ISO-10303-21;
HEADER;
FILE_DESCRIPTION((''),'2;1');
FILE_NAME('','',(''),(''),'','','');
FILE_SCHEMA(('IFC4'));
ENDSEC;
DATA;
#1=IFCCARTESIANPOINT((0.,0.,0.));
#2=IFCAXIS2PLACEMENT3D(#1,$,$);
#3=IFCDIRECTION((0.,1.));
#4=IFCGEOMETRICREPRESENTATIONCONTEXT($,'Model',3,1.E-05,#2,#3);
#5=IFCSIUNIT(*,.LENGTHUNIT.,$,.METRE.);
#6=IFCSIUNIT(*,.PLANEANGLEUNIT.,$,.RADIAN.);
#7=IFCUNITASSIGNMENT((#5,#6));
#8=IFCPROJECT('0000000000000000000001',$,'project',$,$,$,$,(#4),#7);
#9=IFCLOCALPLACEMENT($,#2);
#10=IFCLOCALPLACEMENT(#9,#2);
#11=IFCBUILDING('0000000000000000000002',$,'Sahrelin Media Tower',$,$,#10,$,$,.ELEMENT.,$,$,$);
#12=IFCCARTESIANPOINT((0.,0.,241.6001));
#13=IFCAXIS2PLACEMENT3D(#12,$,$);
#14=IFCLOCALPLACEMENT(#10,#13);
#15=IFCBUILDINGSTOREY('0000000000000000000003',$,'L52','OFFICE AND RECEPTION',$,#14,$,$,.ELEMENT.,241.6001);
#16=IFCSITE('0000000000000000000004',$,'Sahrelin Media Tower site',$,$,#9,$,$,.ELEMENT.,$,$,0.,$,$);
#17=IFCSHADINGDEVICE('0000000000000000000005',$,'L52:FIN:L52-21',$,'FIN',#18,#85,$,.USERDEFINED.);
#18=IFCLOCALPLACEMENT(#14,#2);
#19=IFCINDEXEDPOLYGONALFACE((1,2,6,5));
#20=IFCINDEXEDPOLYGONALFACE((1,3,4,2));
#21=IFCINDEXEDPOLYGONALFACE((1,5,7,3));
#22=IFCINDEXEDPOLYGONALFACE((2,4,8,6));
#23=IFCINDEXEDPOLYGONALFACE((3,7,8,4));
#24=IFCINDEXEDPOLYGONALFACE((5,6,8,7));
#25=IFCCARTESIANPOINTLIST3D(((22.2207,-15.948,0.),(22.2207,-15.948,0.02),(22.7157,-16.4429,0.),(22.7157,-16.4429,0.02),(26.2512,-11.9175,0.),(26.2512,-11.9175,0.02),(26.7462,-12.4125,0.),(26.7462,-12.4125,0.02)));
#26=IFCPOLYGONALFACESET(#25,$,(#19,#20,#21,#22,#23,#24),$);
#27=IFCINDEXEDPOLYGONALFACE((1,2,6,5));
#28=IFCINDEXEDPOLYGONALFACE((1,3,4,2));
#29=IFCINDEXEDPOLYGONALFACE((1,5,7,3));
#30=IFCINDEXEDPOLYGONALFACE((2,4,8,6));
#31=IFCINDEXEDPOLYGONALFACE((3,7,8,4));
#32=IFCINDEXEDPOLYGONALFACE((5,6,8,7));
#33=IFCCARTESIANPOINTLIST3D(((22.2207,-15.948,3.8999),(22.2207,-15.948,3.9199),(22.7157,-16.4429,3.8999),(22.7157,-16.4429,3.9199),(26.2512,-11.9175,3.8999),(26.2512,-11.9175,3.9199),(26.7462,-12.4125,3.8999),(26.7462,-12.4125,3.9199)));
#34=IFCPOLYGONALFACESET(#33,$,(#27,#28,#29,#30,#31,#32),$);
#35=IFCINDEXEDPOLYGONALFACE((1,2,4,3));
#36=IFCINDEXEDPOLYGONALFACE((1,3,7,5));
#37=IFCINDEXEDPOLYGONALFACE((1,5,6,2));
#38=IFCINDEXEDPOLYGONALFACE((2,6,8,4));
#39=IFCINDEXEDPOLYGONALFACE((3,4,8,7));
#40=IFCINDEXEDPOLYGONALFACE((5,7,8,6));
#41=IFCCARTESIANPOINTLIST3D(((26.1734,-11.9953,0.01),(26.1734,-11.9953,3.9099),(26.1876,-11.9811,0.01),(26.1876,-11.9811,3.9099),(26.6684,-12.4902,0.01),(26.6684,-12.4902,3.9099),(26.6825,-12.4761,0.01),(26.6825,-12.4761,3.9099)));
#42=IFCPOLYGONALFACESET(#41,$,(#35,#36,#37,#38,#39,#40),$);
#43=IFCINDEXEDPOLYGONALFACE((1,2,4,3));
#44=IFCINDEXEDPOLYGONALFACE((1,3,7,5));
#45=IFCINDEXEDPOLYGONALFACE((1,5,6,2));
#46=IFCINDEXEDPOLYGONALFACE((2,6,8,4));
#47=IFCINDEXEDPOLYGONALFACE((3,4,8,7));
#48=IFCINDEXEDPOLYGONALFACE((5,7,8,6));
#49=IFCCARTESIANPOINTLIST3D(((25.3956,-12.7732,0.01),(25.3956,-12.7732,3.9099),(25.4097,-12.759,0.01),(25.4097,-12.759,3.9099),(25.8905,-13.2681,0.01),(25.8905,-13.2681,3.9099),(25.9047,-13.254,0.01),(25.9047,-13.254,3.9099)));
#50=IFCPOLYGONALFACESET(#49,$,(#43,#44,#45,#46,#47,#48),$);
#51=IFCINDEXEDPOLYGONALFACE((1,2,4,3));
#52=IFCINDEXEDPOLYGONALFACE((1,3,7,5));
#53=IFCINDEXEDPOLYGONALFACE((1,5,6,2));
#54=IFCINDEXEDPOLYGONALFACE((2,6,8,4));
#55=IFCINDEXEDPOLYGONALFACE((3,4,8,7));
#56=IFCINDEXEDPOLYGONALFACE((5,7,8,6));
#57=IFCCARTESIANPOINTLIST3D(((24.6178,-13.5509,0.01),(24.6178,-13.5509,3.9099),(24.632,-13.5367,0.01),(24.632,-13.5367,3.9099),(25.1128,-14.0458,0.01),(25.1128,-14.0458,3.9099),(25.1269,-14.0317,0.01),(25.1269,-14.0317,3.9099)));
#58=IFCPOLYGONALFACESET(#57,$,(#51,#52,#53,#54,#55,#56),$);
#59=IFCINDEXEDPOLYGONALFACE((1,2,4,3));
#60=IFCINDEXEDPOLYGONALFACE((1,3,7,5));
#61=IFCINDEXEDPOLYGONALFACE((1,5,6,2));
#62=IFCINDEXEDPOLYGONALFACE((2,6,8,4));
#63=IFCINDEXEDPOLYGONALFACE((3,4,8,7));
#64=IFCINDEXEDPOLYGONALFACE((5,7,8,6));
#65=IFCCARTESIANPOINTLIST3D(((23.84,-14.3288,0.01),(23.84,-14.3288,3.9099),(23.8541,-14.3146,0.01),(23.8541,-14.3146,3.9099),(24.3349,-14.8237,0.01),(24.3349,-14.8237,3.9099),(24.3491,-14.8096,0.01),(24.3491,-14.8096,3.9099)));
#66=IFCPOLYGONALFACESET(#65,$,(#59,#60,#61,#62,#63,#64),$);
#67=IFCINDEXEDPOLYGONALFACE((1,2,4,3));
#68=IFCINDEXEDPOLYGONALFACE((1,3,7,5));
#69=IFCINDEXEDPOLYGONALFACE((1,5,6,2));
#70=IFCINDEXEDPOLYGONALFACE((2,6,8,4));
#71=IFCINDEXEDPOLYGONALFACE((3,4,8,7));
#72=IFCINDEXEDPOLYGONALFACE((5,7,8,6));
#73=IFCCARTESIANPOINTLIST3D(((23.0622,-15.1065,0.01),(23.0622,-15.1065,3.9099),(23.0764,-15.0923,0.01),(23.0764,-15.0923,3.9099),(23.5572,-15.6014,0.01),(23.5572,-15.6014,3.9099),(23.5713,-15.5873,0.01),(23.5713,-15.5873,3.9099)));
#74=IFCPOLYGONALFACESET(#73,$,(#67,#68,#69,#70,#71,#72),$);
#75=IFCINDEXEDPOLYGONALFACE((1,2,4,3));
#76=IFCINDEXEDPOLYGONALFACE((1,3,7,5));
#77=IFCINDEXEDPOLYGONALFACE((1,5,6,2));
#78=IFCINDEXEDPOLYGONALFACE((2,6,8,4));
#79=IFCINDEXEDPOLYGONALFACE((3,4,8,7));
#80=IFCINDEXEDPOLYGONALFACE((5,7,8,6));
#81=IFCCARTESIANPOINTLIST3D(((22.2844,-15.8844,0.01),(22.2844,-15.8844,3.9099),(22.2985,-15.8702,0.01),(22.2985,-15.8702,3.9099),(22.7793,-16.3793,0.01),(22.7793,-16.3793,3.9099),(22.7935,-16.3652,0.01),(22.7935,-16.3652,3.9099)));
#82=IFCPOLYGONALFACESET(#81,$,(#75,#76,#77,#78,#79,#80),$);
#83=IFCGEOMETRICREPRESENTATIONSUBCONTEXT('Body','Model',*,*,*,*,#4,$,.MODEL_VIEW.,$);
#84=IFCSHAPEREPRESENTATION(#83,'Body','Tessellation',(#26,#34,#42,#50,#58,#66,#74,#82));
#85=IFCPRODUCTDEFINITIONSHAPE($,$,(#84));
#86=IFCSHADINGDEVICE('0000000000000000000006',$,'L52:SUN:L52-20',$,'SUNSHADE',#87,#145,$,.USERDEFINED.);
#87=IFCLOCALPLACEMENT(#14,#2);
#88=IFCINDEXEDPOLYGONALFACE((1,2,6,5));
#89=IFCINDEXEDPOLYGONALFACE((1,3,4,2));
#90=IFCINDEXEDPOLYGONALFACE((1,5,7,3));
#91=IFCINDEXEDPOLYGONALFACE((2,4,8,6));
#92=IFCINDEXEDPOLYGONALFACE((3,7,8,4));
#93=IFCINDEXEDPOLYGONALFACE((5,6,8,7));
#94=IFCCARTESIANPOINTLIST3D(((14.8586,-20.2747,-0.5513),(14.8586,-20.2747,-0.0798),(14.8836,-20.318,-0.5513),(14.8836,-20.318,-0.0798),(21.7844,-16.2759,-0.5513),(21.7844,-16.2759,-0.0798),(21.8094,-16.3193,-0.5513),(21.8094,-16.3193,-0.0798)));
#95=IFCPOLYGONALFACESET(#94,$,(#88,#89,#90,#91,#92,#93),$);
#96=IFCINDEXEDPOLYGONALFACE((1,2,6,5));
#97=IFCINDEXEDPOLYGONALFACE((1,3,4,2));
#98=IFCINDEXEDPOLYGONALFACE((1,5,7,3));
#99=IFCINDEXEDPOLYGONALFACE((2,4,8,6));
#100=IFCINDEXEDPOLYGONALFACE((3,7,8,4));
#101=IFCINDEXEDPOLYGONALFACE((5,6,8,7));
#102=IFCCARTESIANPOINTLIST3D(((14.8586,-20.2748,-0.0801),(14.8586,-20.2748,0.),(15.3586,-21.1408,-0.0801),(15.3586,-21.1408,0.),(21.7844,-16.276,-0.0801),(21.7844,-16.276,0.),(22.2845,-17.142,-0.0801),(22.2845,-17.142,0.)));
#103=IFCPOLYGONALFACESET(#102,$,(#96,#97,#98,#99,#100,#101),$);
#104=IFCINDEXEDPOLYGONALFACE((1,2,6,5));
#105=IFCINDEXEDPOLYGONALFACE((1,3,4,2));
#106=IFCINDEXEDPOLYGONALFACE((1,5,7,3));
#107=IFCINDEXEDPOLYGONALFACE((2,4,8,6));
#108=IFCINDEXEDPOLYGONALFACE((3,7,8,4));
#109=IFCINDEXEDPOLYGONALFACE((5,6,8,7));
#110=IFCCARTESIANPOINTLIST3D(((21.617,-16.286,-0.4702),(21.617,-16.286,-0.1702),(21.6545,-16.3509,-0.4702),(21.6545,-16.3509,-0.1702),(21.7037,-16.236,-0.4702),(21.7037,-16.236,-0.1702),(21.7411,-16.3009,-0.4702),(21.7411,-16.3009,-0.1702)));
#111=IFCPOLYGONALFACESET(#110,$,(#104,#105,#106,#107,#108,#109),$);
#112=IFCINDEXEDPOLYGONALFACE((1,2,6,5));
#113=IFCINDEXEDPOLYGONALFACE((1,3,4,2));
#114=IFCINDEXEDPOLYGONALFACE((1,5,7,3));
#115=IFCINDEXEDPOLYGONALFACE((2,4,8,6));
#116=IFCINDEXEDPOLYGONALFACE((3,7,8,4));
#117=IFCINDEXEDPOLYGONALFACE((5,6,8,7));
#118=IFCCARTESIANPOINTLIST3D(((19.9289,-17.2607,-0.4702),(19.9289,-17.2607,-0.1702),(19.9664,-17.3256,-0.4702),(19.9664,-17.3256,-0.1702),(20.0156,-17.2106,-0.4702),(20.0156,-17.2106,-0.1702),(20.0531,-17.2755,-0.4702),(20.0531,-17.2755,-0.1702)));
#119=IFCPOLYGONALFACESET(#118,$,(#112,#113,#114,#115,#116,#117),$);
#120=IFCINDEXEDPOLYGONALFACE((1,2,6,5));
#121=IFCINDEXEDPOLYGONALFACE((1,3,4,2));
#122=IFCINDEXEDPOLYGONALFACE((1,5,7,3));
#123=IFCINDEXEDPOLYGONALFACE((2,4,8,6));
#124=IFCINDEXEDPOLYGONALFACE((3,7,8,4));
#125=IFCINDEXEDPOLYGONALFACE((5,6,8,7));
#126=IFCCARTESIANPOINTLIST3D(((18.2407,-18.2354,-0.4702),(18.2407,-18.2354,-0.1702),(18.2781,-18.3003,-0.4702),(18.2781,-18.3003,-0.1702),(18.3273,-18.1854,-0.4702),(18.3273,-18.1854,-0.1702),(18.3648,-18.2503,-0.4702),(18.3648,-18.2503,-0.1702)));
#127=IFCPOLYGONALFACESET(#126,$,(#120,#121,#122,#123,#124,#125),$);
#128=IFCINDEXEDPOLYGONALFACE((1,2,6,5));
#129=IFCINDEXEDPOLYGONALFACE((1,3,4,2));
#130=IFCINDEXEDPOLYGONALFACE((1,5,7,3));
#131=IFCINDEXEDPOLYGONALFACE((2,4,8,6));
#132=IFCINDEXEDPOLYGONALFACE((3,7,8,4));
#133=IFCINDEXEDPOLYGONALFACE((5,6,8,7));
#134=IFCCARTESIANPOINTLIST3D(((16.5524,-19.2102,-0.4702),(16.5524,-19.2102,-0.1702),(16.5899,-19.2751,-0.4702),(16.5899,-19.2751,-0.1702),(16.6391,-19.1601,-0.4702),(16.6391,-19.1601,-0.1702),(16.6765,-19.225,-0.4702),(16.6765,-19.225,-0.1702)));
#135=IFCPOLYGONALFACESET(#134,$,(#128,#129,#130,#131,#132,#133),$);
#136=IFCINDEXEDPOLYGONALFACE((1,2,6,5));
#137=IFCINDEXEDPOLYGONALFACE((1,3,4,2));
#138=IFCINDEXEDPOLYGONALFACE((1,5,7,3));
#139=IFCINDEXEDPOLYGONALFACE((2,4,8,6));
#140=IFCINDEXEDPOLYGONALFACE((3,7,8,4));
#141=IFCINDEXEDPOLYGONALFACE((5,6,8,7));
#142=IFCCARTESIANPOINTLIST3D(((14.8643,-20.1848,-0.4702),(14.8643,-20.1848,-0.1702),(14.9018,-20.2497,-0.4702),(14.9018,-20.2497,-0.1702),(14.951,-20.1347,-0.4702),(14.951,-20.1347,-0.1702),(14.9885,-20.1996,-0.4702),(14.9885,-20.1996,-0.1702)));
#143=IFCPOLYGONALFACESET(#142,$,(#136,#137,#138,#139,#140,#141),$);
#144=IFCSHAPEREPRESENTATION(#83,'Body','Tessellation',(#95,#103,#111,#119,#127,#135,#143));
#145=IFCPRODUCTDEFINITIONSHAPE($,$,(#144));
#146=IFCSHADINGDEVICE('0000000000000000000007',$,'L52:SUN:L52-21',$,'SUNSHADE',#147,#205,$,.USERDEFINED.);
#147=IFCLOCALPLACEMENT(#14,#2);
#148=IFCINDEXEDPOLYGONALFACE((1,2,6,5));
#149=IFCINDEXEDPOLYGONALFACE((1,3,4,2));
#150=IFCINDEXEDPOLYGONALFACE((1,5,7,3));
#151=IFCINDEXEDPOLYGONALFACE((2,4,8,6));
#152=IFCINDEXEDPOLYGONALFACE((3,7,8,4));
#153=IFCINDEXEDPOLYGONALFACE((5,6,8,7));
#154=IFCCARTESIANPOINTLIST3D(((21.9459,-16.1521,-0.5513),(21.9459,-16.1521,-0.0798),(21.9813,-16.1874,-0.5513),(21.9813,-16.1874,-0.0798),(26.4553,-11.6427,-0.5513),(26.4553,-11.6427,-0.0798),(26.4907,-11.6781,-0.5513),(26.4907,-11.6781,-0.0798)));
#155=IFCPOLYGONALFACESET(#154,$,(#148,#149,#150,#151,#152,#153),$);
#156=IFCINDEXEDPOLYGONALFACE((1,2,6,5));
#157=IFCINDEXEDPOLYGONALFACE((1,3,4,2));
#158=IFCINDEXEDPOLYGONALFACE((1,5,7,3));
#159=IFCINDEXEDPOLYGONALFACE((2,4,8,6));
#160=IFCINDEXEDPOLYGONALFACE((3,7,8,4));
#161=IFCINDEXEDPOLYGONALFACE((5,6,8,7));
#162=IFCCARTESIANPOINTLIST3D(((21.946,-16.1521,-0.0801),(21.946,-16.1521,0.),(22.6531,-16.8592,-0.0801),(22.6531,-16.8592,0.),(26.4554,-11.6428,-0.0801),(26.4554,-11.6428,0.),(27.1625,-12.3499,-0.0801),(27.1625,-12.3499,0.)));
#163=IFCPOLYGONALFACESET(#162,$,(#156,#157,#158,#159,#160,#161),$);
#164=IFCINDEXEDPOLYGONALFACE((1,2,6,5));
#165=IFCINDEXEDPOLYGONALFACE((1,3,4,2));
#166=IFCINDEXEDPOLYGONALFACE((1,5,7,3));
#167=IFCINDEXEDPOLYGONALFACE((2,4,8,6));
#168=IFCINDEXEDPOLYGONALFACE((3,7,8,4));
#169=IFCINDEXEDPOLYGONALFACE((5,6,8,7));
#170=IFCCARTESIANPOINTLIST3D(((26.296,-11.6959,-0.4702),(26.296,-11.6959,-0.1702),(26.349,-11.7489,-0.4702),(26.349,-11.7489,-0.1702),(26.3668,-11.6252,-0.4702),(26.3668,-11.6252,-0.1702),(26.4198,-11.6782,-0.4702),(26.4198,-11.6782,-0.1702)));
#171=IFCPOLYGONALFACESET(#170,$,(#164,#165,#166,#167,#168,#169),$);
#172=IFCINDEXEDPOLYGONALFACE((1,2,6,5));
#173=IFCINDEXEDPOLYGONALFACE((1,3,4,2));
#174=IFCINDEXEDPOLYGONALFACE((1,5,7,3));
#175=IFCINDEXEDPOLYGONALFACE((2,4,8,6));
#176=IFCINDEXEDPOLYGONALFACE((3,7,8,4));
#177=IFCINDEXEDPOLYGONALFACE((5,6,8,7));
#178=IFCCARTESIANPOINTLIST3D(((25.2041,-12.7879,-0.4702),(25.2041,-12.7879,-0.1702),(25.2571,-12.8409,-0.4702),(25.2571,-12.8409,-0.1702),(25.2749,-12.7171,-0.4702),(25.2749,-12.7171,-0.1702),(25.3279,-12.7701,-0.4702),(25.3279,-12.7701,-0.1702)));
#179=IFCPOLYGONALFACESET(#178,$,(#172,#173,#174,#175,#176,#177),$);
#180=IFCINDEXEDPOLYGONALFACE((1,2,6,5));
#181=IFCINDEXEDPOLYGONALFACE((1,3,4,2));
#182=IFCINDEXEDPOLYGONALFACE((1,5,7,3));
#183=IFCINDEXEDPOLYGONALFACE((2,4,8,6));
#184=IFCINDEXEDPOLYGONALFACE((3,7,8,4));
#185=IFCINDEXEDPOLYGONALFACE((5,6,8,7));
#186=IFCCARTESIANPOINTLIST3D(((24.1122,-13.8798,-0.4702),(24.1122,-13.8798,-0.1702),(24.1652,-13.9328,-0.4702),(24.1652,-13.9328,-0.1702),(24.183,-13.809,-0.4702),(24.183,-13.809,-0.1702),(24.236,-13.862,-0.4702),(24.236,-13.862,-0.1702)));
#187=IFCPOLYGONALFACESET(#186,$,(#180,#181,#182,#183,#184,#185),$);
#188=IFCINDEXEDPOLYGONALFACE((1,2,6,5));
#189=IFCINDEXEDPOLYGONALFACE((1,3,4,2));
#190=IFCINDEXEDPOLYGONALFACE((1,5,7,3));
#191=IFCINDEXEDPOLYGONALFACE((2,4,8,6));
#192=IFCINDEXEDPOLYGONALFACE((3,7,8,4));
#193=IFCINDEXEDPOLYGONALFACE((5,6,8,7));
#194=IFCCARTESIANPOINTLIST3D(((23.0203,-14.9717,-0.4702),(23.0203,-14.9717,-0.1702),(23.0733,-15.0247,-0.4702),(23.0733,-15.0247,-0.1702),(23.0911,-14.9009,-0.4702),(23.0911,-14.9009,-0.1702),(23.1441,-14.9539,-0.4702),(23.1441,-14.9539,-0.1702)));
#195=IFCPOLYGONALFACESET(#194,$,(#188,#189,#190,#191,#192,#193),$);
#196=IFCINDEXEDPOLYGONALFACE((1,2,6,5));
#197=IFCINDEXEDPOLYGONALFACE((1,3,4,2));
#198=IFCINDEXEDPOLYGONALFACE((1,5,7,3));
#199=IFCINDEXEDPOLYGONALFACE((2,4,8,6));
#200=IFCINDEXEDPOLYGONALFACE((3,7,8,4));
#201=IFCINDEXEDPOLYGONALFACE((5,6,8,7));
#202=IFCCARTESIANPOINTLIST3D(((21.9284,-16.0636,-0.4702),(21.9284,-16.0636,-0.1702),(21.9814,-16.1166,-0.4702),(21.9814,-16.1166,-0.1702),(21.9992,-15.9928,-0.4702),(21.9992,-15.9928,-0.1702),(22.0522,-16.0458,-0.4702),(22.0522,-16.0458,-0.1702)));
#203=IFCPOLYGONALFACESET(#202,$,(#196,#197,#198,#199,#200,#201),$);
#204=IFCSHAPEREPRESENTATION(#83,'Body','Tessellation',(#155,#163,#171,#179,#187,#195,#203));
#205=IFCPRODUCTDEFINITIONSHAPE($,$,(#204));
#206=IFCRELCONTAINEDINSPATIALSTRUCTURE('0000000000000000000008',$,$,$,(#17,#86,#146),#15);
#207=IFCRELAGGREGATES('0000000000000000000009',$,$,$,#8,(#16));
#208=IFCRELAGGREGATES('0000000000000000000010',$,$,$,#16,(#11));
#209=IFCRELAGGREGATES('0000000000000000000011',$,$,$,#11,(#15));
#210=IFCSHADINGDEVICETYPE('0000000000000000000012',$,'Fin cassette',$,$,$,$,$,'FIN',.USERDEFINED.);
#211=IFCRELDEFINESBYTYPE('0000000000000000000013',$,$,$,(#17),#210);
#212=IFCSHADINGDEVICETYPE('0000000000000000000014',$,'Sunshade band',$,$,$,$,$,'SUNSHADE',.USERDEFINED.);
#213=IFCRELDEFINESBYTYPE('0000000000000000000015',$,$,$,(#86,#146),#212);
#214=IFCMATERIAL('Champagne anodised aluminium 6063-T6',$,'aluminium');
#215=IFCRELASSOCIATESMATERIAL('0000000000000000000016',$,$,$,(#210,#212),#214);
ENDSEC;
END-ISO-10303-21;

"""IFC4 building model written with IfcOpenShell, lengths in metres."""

from ifc_helpers import new_model, si_unit, direction, frame, origin, origin_2d, place, context, subcontext, project, spatial, rectangle, extrude, material, type_object, element, save


model = new_model("IFC4")

# Units and contexts
model_context = context("Model", 3, precision=1e-05, world=origin(), true_north=direction((0.0, 1.0)))
body_context = subcontext(model_context, "Body", "Model", "MODEL_VIEW")
ifc_project = project(units=[si_unit("LENGTHUNIT", "METRE"), si_unit("PLANEANGLEUNIT", "RADIAN")], contexts=[model_context])

# Site, building, storey
site_placement = place(None, origin())
site = spatial("IfcSite", under=ifc_project, at=site_placement, Name="Sahrelin Media Tower site", CompositionType="ELEMENT", RefElevation=0.0)
building_placement = place(site_placement, origin())
building = spatial("IfcBuilding", under=site, at=building_placement, Name="Sahrelin Media Tower", CompositionType="ELEMENT")
storey_placement = place(building_placement, frame((0.0, 0.0, 241.6001)))
storey = spatial("IfcBuildingStorey", under=building, at=storey_placement, Name="L52", Description="OFFICE AND RECEPTION", CompositionType="ELEMENT", Elevation=241.6001)

# Shared definitions
ifc_material_1 = material(Name="Champagne anodised aluminium 6063-T6", Category="aluminium")

# Shading devices
shading_device_type_1 = type_object("IfcShadingDeviceType", Name="Fin cassette", ElementType="FIN", PredefinedType="USERDEFINED", material=ifc_material_1)
placement_1 = place(storey_placement, frame((18.3115, -18.2581, 0.0), z_axis=(0.0, 0.0, 1.0), x_axis=(-0.866019, -0.500011, 0.0)))
placement_2 = place(storey_placement, frame((24.1865, -13.8833, 0.0), z_axis=(0.0, 0.0, 1.0), x_axis=(-0.707107, -0.707107, 0.0)))
element("IfcShadingDevice", 1, at=placement_2, inside=storey, type_object=shading_device_type_1, Name="L52:FIN:L52-21", ObjectType="FIN", PredefinedType="USERDEFINED", context=body_context, shape_type="SweptSolid", body=[
    extrude(rectangle(XDim=5.7, YDim=0.7, at=origin_2d()), frame((0.0, 0.4199, 0.0)), (0.0, 0.0, 1.0), 0.02),
    extrude(rectangle(XDim=5.7, YDim=0.7, at=origin_2d()), frame((0.0, 0.4199, 3.8999)), (0.0, 0.0, 1.0), 0.02),
    extrude(rectangle(XDim=0.02, YDim=0.7, at=origin_2d()), frame((-2.75, 0.4199, 0.01), z_axis=(0.0, 0.0, 1.0), x_axis=(1.0, 0.0, 0.0)), (0.0, 0.0, 1.0), 3.8999),
    extrude(rectangle(XDim=0.02, YDim=0.7, at=origin_2d()), frame((-1.6499, 0.4199, 0.01), z_axis=(0.0, 0.0, 1.0), x_axis=(1.0, 0.0, 0.0)), (0.0, 0.0, 1.0), 3.8999),
    extrude(rectangle(XDim=0.02, YDim=0.7, at=origin_2d()), frame((-0.55, 0.4199, 0.01), z_axis=(0.0, 0.0, 1.0), x_axis=(1.0, 0.0, 0.0)), (0.0, 0.0, 1.0), 3.8999),
    extrude(rectangle(XDim=0.02, YDim=0.7, at=origin_2d()), frame((0.55, 0.4199, 0.01), z_axis=(0.0, 0.0, 1.0), x_axis=(1.0, 0.0, 0.0)), (0.0, 0.0, 1.0), 3.8999),
    extrude(rectangle(XDim=0.02, YDim=0.7, at=origin_2d()), frame((1.6499, 0.4199, 0.01), z_axis=(0.0, 0.0, 1.0), x_axis=(1.0, 0.0, 0.0)), (0.0, 0.0, 1.0), 3.8999),
    extrude(rectangle(XDim=0.02, YDim=0.7, at=origin_2d()), frame((2.75, 0.4199, 0.01), z_axis=(0.0, 0.0, 1.0), x_axis=(1.0, 0.0, 0.0)), (0.0, 0.0, 1.0), 3.8999),
])
shading_device_type_2 = type_object("IfcShadingDeviceType", Name="Sunshade band", ElementType="SUNSHADE", PredefinedType="USERDEFINED", material=ifc_material_1)
element("IfcShadingDevice", 2, at=placement_1, inside=storey, type_object=shading_device_type_2, Name="L52:SUN:L52-20", ObjectType="SUNSHADE", PredefinedType="USERDEFINED", context=body_context, shape_type="SweptSolid", body=[
    extrude(rectangle(XDim=7.9973, YDim=0.05, at=origin_2d()), frame((0.0, 0.0449, -0.5513)), (0.0, 0.0, 1.0), 0.4714),
    extrude(rectangle(XDim=7.9973, YDim=1.0, at=origin_2d()), frame((0.0, 0.52, -0.0801)), (0.0, 0.0, 1.0), 0.0801),
    extrude(rectangle(XDim=0.1001, YDim=0.075, at=origin_2d()), frame((-3.8987, -0.0176, -0.4702)), (0.0, 0.0, 1.0), 0.3),
    extrude(rectangle(XDim=0.1001, YDim=0.075, at=origin_2d()), frame((-1.9495, -0.0176, -0.4702)), (0.0, 0.0, 1.0), 0.3),
    extrude(rectangle(XDim=0.1001, YDim=0.075, at=origin_2d()), frame((0.0, -0.0176, -0.4702)), (0.0, 0.0, 1.0), 0.3),
    extrude(rectangle(XDim=0.1001, YDim=0.075, at=origin_2d()), frame((1.9495, -0.0176, -0.4702)), (0.0, 0.0, 1.0), 0.3),
    extrude(rectangle(XDim=0.1001, YDim=0.075, at=origin_2d()), frame((3.8987, -0.0176, -0.4702)), (0.0, 0.0, 1.0), 0.3),
])
element("IfcShadingDevice", 3, at=placement_2, inside=storey, type_object=shading_device_type_2, Name="L52:SUN:L52-21", ObjectType="SUNSHADE", PredefinedType="USERDEFINED", context=body_context, shape_type="SweptSolid", body=[
    extrude(rectangle(XDim=6.3772, YDim=0.05, at=origin_2d()), frame((0.0, 0.0449, -0.5513)), (0.0, 0.0, 1.0), 0.4714),
    extrude(rectangle(XDim=6.3772, YDim=1.0, at=origin_2d()), frame((0.0, 0.52, -0.0801)), (0.0, 0.0, 1.0), 0.0801),
    extrude(rectangle(XDim=0.1001, YDim=0.075, at=origin_2d()), frame((-3.0884, -0.0176, -0.4702)), (0.0, 0.0, 1.0), 0.3),
    extrude(rectangle(XDim=0.1001, YDim=0.075, at=origin_2d()), frame((-1.5442, -0.0176, -0.4702)), (0.0, 0.0, 1.0), 0.3),
    extrude(rectangle(XDim=0.1001, YDim=0.075, at=origin_2d()), frame((0.0, -0.0176, -0.4702)), (0.0, 0.0, 1.0), 0.3),
    extrude(rectangle(XDim=0.1001, YDim=0.075, at=origin_2d()), frame((1.5442, -0.0176, -0.4702)), (0.0, 0.0, 1.0), 0.3),
    extrude(rectangle(XDim=0.1001, YDim=0.075, at=origin_2d()), frame((3.0884, -0.0176, -0.4702)), (0.0, 0.0, 1.0), 0.3),
])

save(model, "model.ifc")
